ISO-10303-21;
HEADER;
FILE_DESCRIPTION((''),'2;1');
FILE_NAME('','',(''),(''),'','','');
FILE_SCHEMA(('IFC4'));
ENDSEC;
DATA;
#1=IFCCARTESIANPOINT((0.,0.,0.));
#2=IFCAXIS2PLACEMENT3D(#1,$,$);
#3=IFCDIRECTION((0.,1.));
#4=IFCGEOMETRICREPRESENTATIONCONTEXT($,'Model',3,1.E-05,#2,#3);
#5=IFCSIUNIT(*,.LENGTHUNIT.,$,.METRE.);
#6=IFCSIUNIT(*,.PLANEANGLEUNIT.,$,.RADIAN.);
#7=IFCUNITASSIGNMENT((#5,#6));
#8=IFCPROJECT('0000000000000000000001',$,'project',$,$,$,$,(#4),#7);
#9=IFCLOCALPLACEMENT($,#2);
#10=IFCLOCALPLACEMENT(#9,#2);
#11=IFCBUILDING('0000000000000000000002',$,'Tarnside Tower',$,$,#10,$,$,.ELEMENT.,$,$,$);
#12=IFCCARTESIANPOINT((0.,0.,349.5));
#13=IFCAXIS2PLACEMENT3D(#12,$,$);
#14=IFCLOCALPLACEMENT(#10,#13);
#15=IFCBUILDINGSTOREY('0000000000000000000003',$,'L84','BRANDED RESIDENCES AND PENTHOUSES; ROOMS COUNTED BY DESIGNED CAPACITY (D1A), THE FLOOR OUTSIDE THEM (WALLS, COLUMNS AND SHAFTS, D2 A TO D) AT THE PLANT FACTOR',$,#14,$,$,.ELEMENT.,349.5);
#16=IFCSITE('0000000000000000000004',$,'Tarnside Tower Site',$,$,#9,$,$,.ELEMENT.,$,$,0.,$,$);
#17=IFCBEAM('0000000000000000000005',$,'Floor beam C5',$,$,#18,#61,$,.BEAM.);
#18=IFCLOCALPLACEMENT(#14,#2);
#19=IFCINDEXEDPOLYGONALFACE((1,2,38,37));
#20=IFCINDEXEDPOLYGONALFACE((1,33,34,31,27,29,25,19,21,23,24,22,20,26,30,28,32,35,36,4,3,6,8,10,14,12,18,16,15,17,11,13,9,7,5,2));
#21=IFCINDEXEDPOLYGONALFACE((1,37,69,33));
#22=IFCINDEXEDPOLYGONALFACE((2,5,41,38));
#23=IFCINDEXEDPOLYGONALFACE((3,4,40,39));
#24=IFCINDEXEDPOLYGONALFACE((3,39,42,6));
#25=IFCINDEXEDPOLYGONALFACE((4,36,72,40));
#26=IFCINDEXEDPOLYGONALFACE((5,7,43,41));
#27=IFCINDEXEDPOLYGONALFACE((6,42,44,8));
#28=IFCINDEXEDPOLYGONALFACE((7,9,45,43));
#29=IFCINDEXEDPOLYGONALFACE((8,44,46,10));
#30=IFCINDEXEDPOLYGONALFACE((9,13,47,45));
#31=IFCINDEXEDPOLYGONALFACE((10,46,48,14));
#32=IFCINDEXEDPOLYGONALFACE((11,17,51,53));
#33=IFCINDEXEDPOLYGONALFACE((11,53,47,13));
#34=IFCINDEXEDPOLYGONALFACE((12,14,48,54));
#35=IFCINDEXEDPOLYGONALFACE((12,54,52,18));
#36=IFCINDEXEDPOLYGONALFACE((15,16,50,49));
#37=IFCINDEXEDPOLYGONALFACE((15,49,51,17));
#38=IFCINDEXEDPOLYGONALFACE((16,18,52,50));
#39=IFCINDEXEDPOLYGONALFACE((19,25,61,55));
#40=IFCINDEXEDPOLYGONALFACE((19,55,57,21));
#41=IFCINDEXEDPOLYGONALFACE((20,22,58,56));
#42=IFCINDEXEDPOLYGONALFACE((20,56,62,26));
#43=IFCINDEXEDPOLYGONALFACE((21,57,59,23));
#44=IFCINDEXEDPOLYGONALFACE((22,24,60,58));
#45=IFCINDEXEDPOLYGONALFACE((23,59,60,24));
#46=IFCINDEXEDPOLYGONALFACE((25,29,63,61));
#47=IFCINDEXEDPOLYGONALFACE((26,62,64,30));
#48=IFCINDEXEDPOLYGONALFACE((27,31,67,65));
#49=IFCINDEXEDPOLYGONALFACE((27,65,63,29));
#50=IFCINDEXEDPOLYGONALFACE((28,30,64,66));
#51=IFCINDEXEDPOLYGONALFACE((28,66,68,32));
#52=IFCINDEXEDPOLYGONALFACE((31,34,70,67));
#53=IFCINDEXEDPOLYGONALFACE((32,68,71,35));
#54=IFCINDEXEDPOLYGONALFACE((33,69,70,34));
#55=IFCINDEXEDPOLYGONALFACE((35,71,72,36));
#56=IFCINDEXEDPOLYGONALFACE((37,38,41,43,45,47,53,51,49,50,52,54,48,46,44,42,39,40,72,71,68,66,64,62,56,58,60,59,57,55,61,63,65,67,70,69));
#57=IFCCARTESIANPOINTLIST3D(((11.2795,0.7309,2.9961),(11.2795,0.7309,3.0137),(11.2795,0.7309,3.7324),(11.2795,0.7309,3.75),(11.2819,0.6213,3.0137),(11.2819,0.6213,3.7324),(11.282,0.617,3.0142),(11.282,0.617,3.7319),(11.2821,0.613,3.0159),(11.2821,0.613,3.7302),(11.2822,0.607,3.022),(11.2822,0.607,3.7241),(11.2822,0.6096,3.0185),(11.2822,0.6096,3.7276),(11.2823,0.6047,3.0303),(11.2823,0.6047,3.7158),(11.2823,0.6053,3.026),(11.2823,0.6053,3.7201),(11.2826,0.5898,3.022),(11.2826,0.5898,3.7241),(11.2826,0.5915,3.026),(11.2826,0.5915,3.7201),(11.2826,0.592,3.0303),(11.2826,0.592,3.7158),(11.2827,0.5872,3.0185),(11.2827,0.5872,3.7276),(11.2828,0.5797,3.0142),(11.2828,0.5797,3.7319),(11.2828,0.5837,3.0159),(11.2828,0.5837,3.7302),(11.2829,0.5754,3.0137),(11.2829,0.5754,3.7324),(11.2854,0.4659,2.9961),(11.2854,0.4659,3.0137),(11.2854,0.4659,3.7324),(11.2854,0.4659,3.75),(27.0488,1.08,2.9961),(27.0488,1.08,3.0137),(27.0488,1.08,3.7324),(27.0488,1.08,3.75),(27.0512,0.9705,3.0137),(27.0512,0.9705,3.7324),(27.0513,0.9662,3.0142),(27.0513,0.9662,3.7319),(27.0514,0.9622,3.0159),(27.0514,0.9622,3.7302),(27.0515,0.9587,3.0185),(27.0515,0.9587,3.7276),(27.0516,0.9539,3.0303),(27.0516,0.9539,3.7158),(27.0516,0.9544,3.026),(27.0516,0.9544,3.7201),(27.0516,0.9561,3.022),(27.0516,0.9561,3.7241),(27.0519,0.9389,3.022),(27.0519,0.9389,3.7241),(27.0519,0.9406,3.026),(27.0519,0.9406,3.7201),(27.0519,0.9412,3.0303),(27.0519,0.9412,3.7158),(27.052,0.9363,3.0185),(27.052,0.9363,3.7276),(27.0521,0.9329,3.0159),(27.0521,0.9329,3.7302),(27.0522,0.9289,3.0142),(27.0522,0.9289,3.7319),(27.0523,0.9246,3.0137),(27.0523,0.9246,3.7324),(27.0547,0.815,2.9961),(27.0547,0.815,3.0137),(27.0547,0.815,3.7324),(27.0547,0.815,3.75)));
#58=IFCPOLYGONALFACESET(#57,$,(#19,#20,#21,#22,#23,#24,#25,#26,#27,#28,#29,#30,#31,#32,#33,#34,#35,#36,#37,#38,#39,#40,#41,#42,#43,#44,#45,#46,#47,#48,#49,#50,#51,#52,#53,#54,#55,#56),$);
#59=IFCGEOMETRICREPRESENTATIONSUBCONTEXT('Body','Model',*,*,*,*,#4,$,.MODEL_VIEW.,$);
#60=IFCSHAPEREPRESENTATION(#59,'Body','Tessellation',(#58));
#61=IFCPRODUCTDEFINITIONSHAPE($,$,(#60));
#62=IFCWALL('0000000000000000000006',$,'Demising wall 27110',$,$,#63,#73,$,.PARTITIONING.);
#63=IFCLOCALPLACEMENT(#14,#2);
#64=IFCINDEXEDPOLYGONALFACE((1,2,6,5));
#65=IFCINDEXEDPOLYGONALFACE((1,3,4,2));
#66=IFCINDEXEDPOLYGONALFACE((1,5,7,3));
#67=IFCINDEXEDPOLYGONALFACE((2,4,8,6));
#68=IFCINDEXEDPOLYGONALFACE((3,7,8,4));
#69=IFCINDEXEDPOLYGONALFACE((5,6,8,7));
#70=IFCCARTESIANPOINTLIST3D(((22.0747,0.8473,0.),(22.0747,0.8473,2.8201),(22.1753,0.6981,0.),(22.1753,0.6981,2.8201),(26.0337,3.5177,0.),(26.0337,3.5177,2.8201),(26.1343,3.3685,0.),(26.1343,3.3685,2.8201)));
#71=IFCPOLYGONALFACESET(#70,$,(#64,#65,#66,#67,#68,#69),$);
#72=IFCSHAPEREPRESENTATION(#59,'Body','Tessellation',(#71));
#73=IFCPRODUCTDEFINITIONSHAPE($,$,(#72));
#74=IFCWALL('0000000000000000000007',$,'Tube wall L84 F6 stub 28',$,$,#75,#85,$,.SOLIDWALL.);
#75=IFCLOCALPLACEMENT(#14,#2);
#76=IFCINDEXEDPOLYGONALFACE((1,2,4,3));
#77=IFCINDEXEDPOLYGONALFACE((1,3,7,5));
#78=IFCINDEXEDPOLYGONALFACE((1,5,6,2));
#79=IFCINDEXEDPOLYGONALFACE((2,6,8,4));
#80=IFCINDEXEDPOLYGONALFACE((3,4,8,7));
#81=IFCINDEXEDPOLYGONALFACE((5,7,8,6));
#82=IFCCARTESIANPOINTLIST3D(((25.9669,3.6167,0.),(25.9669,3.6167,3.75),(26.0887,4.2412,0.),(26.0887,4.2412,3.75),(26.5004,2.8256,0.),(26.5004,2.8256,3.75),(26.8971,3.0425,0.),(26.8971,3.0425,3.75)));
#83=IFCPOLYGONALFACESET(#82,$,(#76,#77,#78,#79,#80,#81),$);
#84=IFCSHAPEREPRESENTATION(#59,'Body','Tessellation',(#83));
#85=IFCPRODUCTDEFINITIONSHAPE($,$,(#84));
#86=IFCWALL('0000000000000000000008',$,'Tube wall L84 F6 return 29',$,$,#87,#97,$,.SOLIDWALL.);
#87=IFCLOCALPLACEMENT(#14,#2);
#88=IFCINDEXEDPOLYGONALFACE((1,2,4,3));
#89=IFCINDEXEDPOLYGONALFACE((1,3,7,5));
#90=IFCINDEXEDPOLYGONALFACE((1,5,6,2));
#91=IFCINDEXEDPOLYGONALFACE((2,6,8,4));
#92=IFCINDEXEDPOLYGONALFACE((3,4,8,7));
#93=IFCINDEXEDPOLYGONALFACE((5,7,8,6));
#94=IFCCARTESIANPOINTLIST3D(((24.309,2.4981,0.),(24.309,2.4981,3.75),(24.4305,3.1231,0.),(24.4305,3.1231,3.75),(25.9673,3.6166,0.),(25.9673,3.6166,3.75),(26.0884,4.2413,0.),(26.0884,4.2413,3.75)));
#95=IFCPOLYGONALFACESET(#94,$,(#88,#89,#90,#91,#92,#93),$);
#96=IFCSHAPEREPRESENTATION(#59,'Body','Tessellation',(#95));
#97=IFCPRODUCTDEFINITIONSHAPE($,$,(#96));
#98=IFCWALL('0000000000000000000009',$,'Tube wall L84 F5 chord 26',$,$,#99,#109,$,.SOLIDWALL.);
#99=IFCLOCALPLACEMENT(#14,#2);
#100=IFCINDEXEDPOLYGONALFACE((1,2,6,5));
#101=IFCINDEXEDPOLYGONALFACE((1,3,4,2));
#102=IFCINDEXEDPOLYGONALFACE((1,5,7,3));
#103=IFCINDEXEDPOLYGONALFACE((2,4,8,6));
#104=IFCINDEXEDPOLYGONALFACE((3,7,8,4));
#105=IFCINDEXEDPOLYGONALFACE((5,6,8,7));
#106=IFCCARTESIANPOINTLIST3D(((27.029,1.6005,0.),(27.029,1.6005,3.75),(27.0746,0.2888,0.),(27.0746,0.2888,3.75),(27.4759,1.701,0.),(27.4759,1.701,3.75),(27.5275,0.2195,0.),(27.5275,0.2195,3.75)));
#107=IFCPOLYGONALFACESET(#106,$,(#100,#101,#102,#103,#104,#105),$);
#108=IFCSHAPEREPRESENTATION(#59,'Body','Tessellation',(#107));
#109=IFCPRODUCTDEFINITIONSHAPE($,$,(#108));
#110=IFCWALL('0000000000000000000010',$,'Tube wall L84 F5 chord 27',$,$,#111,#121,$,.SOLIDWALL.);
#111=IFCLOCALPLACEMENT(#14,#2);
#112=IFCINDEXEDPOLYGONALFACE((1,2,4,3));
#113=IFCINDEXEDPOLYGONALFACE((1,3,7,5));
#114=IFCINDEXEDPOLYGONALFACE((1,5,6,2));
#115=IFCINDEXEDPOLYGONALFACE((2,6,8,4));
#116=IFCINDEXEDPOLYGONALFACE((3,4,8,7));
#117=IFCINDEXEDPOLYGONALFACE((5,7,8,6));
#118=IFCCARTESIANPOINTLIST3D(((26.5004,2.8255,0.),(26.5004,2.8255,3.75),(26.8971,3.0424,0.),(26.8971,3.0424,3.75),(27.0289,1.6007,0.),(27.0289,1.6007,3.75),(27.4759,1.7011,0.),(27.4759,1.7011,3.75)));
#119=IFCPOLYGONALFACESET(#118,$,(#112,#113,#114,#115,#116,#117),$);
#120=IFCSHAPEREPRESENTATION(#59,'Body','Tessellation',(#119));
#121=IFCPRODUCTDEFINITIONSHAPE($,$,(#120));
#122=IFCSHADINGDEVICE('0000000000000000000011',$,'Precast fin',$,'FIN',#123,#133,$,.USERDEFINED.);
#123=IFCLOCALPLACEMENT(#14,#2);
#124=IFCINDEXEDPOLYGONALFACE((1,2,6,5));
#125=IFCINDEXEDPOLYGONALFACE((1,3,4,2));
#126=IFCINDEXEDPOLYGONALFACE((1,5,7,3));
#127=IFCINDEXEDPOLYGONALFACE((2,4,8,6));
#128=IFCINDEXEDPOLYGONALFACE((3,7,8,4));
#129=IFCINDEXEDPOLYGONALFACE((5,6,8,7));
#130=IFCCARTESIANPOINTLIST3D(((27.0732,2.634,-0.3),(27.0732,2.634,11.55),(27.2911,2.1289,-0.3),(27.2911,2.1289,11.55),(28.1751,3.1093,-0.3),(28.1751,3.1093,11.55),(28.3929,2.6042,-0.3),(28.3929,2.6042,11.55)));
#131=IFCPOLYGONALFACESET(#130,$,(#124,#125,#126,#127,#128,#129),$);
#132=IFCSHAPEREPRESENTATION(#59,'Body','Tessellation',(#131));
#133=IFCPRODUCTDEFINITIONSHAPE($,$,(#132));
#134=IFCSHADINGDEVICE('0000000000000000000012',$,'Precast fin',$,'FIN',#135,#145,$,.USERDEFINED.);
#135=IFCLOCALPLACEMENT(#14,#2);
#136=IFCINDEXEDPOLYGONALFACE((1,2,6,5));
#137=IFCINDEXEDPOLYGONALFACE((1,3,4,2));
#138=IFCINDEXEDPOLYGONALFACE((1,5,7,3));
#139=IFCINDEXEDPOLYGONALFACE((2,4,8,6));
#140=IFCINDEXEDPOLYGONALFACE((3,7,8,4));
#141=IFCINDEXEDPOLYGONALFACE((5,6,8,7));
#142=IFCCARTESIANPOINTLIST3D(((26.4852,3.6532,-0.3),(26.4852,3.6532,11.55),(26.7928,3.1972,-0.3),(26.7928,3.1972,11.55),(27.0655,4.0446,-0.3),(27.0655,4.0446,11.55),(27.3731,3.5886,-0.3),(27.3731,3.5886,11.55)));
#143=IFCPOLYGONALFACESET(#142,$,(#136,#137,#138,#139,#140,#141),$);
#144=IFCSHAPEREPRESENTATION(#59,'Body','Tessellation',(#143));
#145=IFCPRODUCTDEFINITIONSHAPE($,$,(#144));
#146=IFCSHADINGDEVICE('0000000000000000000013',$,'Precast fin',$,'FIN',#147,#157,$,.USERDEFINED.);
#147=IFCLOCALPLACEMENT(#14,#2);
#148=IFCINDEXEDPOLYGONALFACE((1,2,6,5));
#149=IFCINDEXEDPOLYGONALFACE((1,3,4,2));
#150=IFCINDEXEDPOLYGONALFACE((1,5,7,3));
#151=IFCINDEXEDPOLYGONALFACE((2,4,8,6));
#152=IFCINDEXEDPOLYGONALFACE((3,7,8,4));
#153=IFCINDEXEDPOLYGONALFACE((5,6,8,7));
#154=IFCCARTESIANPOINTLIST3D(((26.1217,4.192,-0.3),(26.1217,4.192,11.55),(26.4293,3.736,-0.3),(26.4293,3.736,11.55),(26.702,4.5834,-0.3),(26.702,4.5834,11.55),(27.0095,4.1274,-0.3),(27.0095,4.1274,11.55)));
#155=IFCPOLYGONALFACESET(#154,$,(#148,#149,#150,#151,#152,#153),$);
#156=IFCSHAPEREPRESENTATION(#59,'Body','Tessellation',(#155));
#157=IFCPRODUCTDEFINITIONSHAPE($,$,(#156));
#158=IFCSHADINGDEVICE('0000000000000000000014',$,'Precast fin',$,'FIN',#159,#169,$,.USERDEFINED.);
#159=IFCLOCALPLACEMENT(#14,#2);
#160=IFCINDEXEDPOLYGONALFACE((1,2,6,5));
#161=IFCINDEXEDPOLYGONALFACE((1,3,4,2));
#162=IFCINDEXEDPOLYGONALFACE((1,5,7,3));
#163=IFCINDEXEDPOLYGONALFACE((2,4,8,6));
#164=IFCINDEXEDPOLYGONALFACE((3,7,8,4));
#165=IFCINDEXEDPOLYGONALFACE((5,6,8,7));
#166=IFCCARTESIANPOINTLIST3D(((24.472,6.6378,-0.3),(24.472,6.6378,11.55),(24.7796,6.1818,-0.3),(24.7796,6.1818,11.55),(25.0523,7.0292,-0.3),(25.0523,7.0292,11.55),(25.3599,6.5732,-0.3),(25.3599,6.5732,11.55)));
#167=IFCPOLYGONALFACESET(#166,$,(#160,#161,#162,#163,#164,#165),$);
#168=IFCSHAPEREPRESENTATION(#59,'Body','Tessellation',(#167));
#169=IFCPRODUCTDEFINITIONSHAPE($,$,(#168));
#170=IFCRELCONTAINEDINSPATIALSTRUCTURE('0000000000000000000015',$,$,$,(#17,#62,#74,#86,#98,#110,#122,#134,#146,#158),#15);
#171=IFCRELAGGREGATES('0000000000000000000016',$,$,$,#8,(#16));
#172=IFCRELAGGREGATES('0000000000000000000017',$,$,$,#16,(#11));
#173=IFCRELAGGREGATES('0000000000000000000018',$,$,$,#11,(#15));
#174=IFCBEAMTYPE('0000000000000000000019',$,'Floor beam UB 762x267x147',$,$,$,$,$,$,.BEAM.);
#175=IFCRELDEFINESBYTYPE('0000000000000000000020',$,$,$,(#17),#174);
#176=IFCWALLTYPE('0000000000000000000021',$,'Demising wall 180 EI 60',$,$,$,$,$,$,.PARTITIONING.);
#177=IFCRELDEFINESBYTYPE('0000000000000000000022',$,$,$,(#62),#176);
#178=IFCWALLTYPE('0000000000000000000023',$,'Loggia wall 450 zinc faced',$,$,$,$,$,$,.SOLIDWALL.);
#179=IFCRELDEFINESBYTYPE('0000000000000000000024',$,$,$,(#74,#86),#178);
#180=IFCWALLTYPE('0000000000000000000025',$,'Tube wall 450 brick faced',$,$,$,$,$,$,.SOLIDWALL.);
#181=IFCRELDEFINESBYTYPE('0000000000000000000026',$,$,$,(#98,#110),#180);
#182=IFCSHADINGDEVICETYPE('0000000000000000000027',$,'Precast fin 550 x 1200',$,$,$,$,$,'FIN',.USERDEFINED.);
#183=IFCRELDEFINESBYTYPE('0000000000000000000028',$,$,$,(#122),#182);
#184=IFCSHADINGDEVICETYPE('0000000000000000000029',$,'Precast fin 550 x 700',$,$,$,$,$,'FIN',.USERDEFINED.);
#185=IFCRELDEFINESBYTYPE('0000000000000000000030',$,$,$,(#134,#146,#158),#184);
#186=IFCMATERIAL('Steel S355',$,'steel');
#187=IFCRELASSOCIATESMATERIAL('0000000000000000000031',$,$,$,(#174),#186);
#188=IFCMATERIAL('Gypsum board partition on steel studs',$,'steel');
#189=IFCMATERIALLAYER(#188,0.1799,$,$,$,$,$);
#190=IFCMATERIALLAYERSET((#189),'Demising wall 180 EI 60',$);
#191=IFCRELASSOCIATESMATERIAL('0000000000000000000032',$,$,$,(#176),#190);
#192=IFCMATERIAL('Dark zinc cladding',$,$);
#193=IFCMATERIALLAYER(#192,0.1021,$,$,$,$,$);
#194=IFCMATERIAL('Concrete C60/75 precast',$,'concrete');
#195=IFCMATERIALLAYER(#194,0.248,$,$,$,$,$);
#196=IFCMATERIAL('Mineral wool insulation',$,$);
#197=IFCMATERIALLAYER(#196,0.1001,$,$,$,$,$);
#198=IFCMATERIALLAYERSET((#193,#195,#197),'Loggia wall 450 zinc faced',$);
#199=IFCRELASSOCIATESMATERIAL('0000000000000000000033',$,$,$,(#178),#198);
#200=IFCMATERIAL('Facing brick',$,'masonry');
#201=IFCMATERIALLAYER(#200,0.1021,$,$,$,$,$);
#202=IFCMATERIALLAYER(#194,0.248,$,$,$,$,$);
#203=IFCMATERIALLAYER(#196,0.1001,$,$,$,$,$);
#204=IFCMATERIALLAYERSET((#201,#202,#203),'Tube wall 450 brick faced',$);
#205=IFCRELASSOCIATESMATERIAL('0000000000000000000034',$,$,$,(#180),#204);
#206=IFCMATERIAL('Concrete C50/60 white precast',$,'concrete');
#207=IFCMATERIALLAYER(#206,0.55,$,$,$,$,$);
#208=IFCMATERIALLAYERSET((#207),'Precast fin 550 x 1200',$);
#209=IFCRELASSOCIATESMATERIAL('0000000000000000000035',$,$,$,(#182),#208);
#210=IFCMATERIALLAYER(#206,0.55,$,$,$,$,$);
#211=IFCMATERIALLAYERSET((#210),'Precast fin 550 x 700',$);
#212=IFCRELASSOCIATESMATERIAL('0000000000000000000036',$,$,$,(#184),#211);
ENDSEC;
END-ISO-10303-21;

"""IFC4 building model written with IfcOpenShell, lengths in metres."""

from ifc_helpers import new_model, si_unit, direction, frame, frame_2d, origin, origin_2d, place, context, subcontext, project, spatial, polyline, rectangle, i_section, outline, extrude, material, layer, layer_set, material_profile, profile_set, type_object, element, save


model = new_model("IFC4")

# Units and contexts
model_context = context("Model", 3, precision=1e-05, world=origin(), true_north=direction((0.0, 1.0)))
body_context = subcontext(model_context, "Body", "Model", "MODEL_VIEW")
ifc_project = project(units=[si_unit("LENGTHUNIT", "METRE"), si_unit("PLANEANGLEUNIT", "RADIAN")], contexts=[model_context])

# Site, building, storey
site_placement = place(None, origin())
site = spatial("IfcSite", under=ifc_project, at=site_placement, Name="Tarnside Tower Site", CompositionType="ELEMENT", RefElevation=0.0)
building_placement = place(site_placement, origin())
building = spatial("IfcBuilding", under=site, at=building_placement, Name="Tarnside Tower", CompositionType="ELEMENT")
storey_placement = place(building_placement, frame((0.0, 0.0, 349.5)))
storey = spatial("IfcBuildingStorey", under=building, at=storey_placement, Name="L84", Description="BRANDED RESIDENCES AND PENTHOUSES; ROOMS COUNTED BY DESIGNED CAPACITY (D1A), THE FLOOR OUTSIDE THEM (WALLS, COLUMNS AND SHAFTS, D2 A TO D) AT THE PLANT FACTOR", CompositionType="ELEMENT", Elevation=349.5)

# Beam
ifc_material_1 = material(Name="Steel S355", Category="steel")
ifc_material_profile = material_profile(ifc_material_1, i_section(OverallWidth=0.2651, OverallDepth=0.7539, WebThickness=0.0127, FlangeThickness=0.0176, FilletRadius=0.0166, at=origin_2d()), Name="UB 762x267x147")
ifc_profile_set = profile_set([ifc_material_profile], Name="Steel S355")
beam_type = type_object("IfcBeamType", Name="Floor beam UB 762x267x147", PredefinedType="BEAM", material=ifc_profile_set)
beam_placement = place(storey_placement, frame((27.0518, 0.9475, 3.373), z_axis=(-0.999755, -0.022134, 0.0), x_axis=(0.022134, -0.999755, 0.0)))
element("IfcBeam", 1, at=beam_placement, inside=storey, type_object=beam_type, Name="Floor beam C5", PredefinedType="BEAM", context=body_context, shape_type="SweptSolid", body=[
    extrude(i_section(OverallWidth=0.2651, OverallDepth=0.7539, WebThickness=0.0127, FlangeThickness=0.0176, FilletRadius=0.0166, at=origin_2d()), origin(), (0.0, 0.0, 1.0), 15.7732),
])

# Walls
ifc_material_2 = material(Name="Gypsum board partition on steel studs", Category="steel")
ifc_layer_1 = layer(ifc_material_2, 0.1799)
ifc_layer_set_1 = layer_set([ifc_layer_1], Name="Demising wall 180 EI 60")
wall_type_1 = type_object("IfcWallType", Name="Demising wall 180 EI 60", PredefinedType="PARTITIONING", material=ifc_layer_set_1)
wall_1_placement = place(storey_placement, frame((26.084, 3.4431, 0.0), z_axis=(0.0, 0.0, 1.0), x_axis=(-0.829034, -0.559199, 0.0)))
element("IfcWall", 2, at=wall_1_placement, inside=storey, type_object=wall_type_1, Name="Demising wall 27110", PredefinedType="PARTITIONING", context=body_context, shape_type="SweptSolid", body=[
    extrude(rectangle(XDim=4.7754, YDim=0.1799, at=frame_2d((2.3877, 0.0))), origin(), (0.0, 0.0, 1.0), 2.8201),
])
ifc_material_3 = material(Name="Dark zinc cladding")
ifc_layer_2 = layer(ifc_material_3, 0.1021)
ifc_material_4 = material(Name="Concrete C60/75 precast", Category="concrete")
ifc_layer_3 = layer(ifc_material_4, 0.248)
ifc_material_5 = material(Name="Mineral wool insulation")
ifc_layer_4 = layer(ifc_material_5, 0.1001)
ifc_layer_set_2 = layer_set([ifc_layer_2, ifc_layer_3, ifc_layer_4], Name="Loggia wall 450 zinc faced")
wall_type_2 = type_object("IfcWallType", Name="Loggia wall 450 zinc faced", PredefinedType="SOLIDWALL", material=ifc_layer_set_2)
wall_2_placement = place(storey_placement, frame((26.6987, 2.9341, 0.0), z_axis=(0.0, 0.0, 1.0), x_axis=(-0.559106, 0.829096, 0.0)))
element("IfcWall", 3, at=wall_2_placement, inside=storey, type_object=wall_type_2, Name="Tube wall L84 F6 stub 28", PredefinedType="SOLIDWALL", context=body_context, shape_type="SweptSolid", body=[
    extrude(outline(polyline([(-0.021, -0.2251), (1.4248, -0.2251), (0.9751, 0.2251), (0.021, 0.2251), (-0.021, -0.2251)])), origin(), (0.0, 0.0, 1.0), 3.75),
])
wall_3_placement = place(storey_placement, frame((26.0278, 3.929, 0.0), z_axis=(0.0, 0.0, 1.0), x_axis=(-0.829052, -0.559171, 0.0)))
element("IfcWall", 4, at=wall_3_placement, inside=storey, type_object=wall_type_2, Name="Tube wall L84 F6 return 29", PredefinedType="SOLIDWALL", context=body_context, shape_type="SweptSolid", body=[
    extrude(outline(polyline([(-0.2249, -0.2251), (1.7749, -0.2251), (2.2251, 0.2251), (0.2249, 0.2251), (-0.2249, -0.2251)])), origin(), (0.0, 0.0, 1.0), 3.75),
])
ifc_material_6 = material(Name="Facing brick", Category="masonry")
ifc_layer_5 = layer(ifc_material_6, 0.1021)
ifc_layer_6 = layer(ifc_material_4, 0.248)
ifc_layer_7 = layer(ifc_material_5, 0.1001)
ifc_layer_set_3 = layer_set([ifc_layer_5, ifc_layer_6, ifc_layer_7], Name="Tube wall 450 brick faced")
wall_type_3 = type_object("IfcWallType", Name="Tube wall 450 brick faced", PredefinedType="SOLIDWALL", material=ifc_layer_set_3)
wall_4_placement = place(storey_placement, frame((27.301, 0.2542, 0.0), z_axis=(0.0, 0.0, 1.0), x_axis=(-0.034763, 0.999396, 0.0)))
element("IfcWall", 5, at=wall_4_placement, inside=storey, type_object=wall_type_3, Name="Tube wall L84 F5 chord 26", PredefinedType="SOLIDWALL", context=body_context, shape_type="SweptSolid", body=[
    extrude(outline(polyline([(-0.0425, -0.2251), (1.4399, -0.2251), (1.355, 0.2251), (0.0425, 0.2251), (-0.0425, -0.2251)])), origin(), (0.0, 0.0, 1.0), 3.75),
])
wall_5_placement = place(storey_placement, frame((27.2524, 1.6509, 0.0), z_axis=(0.0, 0.0, 1.0), x_axis=(-0.396195, 0.918166, 0.0)))
element("IfcWall", 6, at=wall_5_placement, inside=storey, type_object=wall_type_3, Name="Tube wall L84 F5 chord 27", PredefinedType="SOLIDWALL", context=body_context, shape_type="SweptSolid", body=[
    extrude(outline(polyline([(-0.0425, -0.2251), (1.4185, -0.2251), (1.3765, 0.2251), (0.0425, 0.2251), (-0.0425, -0.2251)])), origin(), (0.0, 0.0, 1.0), 3.75),
])

# Shading devices
ifc_material_7 = material(Name="Concrete C50/60 white precast", Category="concrete")
ifc_layer_8 = layer(ifc_material_7, 0.55)
ifc_layer_set_4 = layer_set([ifc_layer_8], Name="Precast fin 550 x 1200")
shading_device_type_1 = type_object("IfcShadingDeviceType", Name="Precast fin 550 x 1200", ElementType="FIN", PredefinedType="USERDEFINED", material=ifc_layer_set_4)
shading_device_placement = place(storey_placement, frame((27.1821, 2.3816, -0.3), z_axis=(0.39608, -0.918216, 0.0), x_axis=(0.918216, 0.39608, 0.0)))
element("IfcShadingDevice", 7, at=shading_device_placement, inside=storey, type_object=shading_device_type_1, Name="Precast fin", ObjectType="FIN", PredefinedType="USERDEFINED", context=body_context, shape_type="SweptSolid", body=[
    extrude(outline(polyline([(0.0, 0.0), (1.2, 0.0), (1.2, 11.8501), (0.0, 11.8501), (0.0, 0.0)])), frame((0.0, 0.0, -0.2749)), (0.0, 0.0, 1.0), 0.55),
])
ifc_layer_9 = layer(ifc_material_7, 0.55)
ifc_layer_set_5 = layer_set([ifc_layer_9], Name="Precast fin 550 x 700")
shading_device_type_2 = type_object("IfcShadingDeviceType", Name="Precast fin 550 x 700", ElementType="FIN", PredefinedType="USERDEFINED", material=ifc_layer_set_5)
for number, where, z_axis, x_axis, name in (
    (8, (26.6389, 3.4253, -0.3), (0.559193, -0.829038, 0.0), (0.829038, 0.559193, 0.0), "Precast fin"),
    (9, (26.2754, 3.9641, -0.3), (0.559193, -0.829038, 0.0), (0.829038, 0.559193, 0.0), "Precast fin"),
    (10, (24.6257, 6.4099, -0.3), (0.559193, -0.829038, 0.0), (0.829038, 0.559193, 0.0), "Precast fin"),
):
    element("IfcShadingDevice", number, at=place(storey_placement, frame(where, z_axis=z_axis, x_axis=x_axis)), inside=storey, type_object=shading_device_type_2, Name=name, ObjectType="FIN", PredefinedType="USERDEFINED", context=body_context, shape_type="SweptSolid", body=[
        extrude(outline(polyline([(0.0, 0.0), (0.7, 0.0), (0.7, 11.8501), (0.0, 11.8501), (0.0, 0.0)])), frame((0.0, 0.0, -0.2749)), (0.0, 0.0, 1.0), 0.55),
    ])

save(model, "model.ifc")
